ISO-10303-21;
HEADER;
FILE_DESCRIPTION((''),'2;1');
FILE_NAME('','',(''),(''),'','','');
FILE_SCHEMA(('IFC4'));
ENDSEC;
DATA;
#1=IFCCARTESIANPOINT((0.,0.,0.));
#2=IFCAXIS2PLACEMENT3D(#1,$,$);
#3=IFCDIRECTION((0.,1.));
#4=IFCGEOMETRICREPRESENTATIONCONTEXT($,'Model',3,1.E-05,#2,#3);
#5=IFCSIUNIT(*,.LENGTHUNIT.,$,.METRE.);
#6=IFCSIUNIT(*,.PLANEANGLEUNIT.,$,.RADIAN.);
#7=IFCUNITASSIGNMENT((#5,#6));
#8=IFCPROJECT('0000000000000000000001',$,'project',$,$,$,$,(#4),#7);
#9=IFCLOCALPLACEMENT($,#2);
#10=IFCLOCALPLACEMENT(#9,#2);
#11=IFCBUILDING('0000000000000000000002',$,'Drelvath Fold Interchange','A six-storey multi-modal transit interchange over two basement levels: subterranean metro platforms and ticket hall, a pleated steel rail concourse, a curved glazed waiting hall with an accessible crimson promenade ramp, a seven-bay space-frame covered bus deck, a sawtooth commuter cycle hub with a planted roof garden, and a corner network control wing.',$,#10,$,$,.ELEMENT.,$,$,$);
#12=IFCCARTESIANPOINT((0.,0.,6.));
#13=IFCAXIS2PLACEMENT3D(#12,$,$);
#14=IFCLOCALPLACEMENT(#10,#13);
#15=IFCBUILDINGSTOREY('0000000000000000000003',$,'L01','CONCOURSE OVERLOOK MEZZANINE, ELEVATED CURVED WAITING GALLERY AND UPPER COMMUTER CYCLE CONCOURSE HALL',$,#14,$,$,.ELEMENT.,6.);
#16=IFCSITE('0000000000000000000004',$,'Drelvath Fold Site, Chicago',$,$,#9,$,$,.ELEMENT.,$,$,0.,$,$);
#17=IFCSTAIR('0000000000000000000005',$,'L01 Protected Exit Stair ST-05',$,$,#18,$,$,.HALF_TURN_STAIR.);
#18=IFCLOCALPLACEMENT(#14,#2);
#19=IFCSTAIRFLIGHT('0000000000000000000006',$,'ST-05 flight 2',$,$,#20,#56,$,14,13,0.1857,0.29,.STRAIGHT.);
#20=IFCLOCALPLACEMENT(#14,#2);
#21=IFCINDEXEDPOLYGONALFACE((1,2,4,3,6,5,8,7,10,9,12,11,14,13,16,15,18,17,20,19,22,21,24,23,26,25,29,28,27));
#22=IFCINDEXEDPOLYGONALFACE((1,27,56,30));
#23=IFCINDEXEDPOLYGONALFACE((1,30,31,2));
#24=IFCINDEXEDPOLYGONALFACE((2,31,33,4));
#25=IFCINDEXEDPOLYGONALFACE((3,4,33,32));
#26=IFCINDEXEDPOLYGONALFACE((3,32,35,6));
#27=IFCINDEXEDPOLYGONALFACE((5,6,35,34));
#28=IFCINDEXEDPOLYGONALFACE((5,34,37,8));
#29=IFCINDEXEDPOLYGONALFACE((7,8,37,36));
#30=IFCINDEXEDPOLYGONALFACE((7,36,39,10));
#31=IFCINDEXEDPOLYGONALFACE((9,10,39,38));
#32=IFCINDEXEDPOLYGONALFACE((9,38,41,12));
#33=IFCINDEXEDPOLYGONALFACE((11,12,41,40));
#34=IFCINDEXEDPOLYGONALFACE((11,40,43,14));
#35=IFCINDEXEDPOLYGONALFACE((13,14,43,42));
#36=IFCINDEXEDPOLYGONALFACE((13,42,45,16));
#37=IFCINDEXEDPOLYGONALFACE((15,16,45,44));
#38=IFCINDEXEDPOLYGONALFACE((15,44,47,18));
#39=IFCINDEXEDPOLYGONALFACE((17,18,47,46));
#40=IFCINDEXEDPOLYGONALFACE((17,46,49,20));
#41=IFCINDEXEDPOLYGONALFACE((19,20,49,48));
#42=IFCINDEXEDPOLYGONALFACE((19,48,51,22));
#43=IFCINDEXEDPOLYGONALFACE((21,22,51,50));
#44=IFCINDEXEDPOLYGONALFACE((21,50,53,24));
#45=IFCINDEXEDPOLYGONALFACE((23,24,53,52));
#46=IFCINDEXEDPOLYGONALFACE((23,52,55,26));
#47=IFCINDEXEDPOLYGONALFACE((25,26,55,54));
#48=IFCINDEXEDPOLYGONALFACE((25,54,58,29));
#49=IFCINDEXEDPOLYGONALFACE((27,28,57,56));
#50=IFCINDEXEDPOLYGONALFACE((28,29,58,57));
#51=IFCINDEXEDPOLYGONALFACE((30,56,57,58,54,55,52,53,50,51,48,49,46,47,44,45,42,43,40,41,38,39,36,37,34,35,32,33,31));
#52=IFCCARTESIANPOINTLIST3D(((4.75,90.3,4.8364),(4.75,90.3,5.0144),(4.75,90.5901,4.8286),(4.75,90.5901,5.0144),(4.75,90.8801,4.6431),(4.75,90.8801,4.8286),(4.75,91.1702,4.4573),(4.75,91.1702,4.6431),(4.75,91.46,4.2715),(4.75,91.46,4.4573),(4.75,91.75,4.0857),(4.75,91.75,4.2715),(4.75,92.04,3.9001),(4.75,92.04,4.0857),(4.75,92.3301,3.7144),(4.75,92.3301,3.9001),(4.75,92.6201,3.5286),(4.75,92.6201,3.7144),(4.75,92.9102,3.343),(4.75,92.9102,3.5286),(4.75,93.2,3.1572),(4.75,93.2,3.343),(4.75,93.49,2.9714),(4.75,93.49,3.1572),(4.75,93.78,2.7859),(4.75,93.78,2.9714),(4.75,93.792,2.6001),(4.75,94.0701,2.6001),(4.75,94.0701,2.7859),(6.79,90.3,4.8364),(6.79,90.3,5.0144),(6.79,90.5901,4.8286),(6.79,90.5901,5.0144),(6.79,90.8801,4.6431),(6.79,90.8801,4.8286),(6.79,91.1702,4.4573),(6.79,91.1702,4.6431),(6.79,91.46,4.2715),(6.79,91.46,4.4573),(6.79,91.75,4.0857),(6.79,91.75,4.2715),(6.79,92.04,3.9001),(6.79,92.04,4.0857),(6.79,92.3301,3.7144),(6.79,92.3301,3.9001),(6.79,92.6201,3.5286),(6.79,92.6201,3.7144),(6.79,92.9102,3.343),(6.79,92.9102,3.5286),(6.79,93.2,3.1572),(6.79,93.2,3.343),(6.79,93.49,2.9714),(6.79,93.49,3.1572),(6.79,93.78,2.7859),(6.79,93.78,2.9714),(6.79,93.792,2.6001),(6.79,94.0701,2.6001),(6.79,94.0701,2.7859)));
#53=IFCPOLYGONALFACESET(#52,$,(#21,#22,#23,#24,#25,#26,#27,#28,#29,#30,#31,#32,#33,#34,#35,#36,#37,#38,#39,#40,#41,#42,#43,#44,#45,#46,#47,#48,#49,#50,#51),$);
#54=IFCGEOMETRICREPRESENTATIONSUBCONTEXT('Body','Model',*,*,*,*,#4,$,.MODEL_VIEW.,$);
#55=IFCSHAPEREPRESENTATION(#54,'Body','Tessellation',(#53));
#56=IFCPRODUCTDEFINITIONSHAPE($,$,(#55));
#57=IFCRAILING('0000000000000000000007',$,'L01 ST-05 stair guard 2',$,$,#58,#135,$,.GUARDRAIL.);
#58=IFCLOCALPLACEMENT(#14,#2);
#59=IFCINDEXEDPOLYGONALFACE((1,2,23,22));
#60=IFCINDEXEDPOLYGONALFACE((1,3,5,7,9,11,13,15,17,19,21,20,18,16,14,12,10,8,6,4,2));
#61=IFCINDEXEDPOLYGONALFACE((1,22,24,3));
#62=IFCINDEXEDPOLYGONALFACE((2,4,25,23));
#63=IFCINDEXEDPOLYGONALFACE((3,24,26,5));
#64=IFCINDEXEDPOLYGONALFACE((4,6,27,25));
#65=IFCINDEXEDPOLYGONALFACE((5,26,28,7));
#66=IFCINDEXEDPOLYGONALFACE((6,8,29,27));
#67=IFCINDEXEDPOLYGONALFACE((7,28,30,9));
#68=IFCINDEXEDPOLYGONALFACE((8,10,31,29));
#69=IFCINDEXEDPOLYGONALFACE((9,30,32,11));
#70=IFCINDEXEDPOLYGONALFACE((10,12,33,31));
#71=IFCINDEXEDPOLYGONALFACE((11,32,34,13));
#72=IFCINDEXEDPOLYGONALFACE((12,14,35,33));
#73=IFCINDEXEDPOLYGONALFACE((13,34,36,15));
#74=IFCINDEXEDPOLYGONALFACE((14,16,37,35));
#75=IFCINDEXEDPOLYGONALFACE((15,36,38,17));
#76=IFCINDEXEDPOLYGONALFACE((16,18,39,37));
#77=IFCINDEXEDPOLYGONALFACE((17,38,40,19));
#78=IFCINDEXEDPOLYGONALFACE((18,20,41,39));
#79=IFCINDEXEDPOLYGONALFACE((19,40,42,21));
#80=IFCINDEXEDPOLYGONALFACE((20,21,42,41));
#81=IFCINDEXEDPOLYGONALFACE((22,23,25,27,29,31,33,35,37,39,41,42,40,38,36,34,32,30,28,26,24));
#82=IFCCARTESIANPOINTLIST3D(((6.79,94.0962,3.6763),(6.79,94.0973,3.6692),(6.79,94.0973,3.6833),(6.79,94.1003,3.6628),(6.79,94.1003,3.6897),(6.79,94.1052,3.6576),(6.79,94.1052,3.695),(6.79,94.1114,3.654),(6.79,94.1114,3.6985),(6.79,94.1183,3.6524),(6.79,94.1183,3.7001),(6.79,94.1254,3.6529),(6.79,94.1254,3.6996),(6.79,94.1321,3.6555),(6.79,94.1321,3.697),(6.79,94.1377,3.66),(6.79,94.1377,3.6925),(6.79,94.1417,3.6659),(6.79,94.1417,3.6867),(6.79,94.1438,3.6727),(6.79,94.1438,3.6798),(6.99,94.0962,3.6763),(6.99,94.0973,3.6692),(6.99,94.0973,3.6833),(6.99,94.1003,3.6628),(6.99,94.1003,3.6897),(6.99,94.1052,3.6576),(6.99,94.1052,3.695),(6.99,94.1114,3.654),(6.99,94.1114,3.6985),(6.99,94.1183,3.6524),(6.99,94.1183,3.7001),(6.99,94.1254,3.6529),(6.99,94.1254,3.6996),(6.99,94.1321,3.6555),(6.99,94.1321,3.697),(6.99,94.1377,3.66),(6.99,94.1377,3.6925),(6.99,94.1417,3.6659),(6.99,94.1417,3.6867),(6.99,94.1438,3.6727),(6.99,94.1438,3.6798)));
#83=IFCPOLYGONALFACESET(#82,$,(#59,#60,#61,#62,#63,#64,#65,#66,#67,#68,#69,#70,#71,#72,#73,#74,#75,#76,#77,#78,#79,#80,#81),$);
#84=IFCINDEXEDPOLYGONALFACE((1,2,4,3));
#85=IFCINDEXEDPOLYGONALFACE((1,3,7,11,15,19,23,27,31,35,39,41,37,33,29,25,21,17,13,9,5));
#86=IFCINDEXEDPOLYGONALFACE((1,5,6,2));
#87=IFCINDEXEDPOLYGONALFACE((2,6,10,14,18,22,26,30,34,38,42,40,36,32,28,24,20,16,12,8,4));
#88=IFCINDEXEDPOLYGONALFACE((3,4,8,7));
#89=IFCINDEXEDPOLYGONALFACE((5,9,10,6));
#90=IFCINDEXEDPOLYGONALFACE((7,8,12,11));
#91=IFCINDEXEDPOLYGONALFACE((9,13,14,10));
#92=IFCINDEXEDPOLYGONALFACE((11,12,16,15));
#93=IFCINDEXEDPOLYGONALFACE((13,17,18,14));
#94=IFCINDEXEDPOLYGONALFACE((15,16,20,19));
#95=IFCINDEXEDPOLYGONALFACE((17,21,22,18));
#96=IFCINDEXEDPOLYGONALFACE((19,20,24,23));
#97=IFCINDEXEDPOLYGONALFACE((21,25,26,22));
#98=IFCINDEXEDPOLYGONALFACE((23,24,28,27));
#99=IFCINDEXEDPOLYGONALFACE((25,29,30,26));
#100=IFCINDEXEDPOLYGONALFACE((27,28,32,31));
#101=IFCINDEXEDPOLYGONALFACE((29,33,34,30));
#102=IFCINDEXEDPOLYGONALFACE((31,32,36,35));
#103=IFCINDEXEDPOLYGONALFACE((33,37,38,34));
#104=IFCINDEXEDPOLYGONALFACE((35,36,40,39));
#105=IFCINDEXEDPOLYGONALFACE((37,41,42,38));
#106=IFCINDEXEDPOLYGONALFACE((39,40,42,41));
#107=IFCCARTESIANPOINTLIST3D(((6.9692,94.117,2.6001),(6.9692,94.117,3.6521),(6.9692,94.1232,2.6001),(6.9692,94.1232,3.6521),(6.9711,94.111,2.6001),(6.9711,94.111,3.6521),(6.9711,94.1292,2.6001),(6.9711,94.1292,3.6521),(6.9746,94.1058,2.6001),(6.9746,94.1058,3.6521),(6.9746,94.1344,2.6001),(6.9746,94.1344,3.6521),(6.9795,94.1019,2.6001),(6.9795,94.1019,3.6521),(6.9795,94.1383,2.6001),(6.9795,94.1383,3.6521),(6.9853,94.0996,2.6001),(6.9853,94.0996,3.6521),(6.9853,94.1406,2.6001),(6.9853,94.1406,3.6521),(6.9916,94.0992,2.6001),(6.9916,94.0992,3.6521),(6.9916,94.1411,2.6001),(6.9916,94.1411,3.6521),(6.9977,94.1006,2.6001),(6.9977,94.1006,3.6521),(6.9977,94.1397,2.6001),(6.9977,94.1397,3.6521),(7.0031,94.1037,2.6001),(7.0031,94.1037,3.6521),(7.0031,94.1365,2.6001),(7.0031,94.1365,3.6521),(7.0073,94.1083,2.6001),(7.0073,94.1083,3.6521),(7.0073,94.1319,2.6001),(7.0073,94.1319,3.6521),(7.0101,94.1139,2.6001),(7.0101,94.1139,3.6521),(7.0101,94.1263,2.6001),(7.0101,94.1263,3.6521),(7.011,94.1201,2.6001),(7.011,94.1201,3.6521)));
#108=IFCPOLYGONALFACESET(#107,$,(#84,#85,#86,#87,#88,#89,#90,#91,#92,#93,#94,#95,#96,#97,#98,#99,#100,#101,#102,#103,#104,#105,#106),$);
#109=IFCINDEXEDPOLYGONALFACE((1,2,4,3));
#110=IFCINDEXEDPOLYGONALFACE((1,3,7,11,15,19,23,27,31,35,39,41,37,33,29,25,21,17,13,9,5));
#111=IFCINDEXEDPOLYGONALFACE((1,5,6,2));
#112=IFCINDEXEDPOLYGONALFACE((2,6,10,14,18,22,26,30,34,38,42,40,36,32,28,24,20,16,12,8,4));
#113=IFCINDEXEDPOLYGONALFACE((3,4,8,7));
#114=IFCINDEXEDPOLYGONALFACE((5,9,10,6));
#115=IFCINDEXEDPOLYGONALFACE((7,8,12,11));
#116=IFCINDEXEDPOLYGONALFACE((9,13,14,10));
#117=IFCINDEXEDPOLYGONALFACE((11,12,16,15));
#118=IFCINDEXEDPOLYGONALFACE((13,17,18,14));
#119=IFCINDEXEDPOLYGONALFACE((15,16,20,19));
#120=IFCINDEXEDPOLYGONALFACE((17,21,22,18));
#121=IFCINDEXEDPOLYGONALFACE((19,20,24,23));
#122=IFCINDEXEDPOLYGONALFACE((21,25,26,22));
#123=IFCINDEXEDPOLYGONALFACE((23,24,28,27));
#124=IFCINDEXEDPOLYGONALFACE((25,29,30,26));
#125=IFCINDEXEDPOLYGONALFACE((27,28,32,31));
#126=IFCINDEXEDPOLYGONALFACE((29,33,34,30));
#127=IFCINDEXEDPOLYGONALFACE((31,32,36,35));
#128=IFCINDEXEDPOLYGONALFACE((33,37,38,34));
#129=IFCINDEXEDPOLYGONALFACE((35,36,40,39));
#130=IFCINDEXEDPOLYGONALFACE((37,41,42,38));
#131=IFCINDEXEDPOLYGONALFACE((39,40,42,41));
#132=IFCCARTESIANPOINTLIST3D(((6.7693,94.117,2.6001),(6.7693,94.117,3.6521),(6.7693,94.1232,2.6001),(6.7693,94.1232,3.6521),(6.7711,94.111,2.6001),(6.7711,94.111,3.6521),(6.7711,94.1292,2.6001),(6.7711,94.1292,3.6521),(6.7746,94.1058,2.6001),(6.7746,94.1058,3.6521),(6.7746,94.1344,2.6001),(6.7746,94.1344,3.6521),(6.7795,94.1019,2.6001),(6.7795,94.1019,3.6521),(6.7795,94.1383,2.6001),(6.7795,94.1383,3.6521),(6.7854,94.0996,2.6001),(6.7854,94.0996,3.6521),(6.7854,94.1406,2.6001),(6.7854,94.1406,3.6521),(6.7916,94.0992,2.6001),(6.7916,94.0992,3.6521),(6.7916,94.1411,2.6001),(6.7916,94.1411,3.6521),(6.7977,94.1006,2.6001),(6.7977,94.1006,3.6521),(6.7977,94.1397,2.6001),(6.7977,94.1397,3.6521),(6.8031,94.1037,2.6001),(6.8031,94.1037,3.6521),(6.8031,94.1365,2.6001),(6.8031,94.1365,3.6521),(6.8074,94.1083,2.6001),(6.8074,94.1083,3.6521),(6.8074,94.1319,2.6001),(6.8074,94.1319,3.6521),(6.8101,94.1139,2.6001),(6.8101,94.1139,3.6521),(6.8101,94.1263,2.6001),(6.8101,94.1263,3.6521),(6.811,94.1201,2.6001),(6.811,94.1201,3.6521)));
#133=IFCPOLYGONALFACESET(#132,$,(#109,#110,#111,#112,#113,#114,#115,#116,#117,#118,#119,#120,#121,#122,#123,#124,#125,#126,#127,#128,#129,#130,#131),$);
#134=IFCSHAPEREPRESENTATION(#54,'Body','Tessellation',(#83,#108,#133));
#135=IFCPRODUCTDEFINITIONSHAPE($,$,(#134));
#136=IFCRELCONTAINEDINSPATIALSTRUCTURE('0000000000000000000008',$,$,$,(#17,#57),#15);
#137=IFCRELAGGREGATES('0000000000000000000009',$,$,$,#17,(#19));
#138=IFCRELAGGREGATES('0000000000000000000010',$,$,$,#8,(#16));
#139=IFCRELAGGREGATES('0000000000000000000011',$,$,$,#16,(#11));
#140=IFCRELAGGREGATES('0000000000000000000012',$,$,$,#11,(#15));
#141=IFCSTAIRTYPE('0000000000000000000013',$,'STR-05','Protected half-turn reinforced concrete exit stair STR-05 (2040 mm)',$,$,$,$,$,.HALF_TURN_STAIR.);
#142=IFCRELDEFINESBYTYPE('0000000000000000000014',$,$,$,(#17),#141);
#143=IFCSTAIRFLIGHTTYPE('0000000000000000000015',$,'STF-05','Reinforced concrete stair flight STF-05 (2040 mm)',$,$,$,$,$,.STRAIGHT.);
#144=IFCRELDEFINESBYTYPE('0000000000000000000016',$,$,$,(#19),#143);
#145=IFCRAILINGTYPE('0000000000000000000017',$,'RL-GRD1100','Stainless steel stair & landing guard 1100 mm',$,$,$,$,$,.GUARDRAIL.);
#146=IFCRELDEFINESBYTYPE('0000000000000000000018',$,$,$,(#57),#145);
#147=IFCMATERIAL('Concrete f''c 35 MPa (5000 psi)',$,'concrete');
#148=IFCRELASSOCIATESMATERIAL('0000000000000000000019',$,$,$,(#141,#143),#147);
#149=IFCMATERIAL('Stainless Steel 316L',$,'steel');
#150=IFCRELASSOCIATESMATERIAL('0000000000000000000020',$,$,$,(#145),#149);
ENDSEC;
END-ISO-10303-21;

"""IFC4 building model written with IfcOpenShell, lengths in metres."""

from ifc_helpers import new_model, si_unit, direction, frame, origin, origin_2d, place, context, subcontext, project, spatial, polyline, circle, outline, extrude, material, type_object, element, aggregate, save


model = new_model("IFC4")

# Units and contexts
model_context = context("Model", 3, precision=1e-05, world=origin(), true_north=direction((0.0, 1.0)))
body_context = subcontext(model_context, "Body", "Model", "MODEL_VIEW")
ifc_project = project(units=[si_unit("LENGTHUNIT", "METRE"), si_unit("PLANEANGLEUNIT", "RADIAN")], contexts=[model_context])

# Site, building, storey
site_placement = place(None, origin())
site = spatial("IfcSite", under=ifc_project, at=site_placement, Name="Drelvath Fold Site, Chicago", CompositionType="ELEMENT", RefElevation=0.0)
building_placement = place(site_placement, origin())
building = spatial("IfcBuilding", under=site, at=building_placement, Name="Drelvath Fold Interchange", Description="A six-storey multi-modal transit interchange over two basement levels: subterranean metro platforms and ticket hall, a pleated steel rail concourse, a curved glazed waiting hall with an accessible crimson promenade ramp, a seven-bay space-frame covered bus deck, a sawtooth commuter cycle hub with a planted roof garden, and a corner network control wing.", CompositionType="ELEMENT")
storey_placement = place(building_placement, frame((0.0, 0.0, 6.0)))
storey = spatial("IfcBuildingStorey", under=building, at=storey_placement, Name="L01", Description="CONCOURSE OVERLOOK MEZZANINE, ELEVATED CURVED WAITING GALLERY AND UPPER COMMUTER CYCLE CONCOURSE HALL", CompositionType="ELEMENT", Elevation=6.0)

# Shared definitions
ifc_material_1 = material(Name="Concrete f'c 35 MPa (5000 psi)", Category="concrete")

# Stair, stair flight
stair_type = type_object("IfcStairType", Name="STR-05", Description="Protected half-turn reinforced concrete exit stair STR-05 (2040 mm)", PredefinedType="HALF_TURN_STAIR", material=ifc_material_1)
stair_placement = place(storey_placement, origin())
stair = element("IfcStair", 1, at=stair_placement, inside=storey, type_object=stair_type, Name="L01 Protected Exit Stair ST-05", PredefinedType="HALF_TURN_STAIR")
stair_flight_type = type_object("IfcStairFlightType", Name="STF-05", Description="Reinforced concrete stair flight STF-05 (2040 mm)", PredefinedType="STRAIGHT", material=ifc_material_1)
stair_flight_placement = place(storey_placement, frame((5.77, 94.0701, 2.6001), z_axis=(0.0, 0.0, 1.0), x_axis=(0.0, -1.0, 0.0)))
stair_flight = element("IfcStairFlight", 2, at=stair_flight_placement, type_object=stair_flight_type, Name="ST-05 flight 2", NumberOfRisers=14, NumberOfTreads=13, PredefinedType="STRAIGHT", RiserHeight=0.1857, TreadLength=0.29, context=body_context, shape_type="SweptSolid", body=[
    extrude(outline(polyline([(0.0, 0.0), (0.0, 0.1858), (0.29, 0.1858), (0.29, 0.3713), (0.5801, 0.3713), (0.5801, 0.5571), (0.8701, 0.5571), (0.8701, 0.7429), (1.1599, 0.7429), (1.1599, 0.9285), (1.45, 0.9285), (1.45, 1.1143), (1.74, 1.1143), (1.74, 1.3), (2.03, 1.3), (2.03, 1.4856), (2.3201, 1.4856), (2.3201, 1.6714), (2.6101, 1.6714), (2.6101, 1.8572), (2.8999, 1.8572), (2.8999, 2.043), (3.1899, 2.043), (3.1899, 2.2285), (3.48, 2.2285), (3.48, 2.4143), (3.77, 2.4143), (3.77, 2.6001), (3.77, 2.2363), (0.2781, 0.0), (0.0, 0.0)])), frame((0.0, 1.02, 0.0), z_axis=(0.0, -1.0, 0.0), x_axis=(1.0, 0.0, 0.0)), (0.0, 0.0, 1.0), 2.04),
])
aggregate(stair, [stair_flight])

# Railing
ifc_material_2 = material(Name="Stainless Steel 316L", Category="steel")
railing_type_1 = type_object("IfcRailingType", Name="RL-GRD1100", Description="Stainless steel stair & landing guard 1100 mm", PredefinedType="GUARDRAIL", material=ifc_material_2)
railing_1_placement = place(storey_placement, frame((6.99, 94.1201, 2.6001)))
element("IfcRailing", 3, at=railing_1_placement, inside=storey, type_object=railing_type_1, Name="L01 ST-05 stair guard 2", PredefinedType="GUARDRAIL", context=body_context, shape_type="SweptSolid", body=[
    extrude(circle(Radius=0.0239, at=origin_2d()), frame((0.0, 0.0, 1.0762), z_axis=(-1.0, 0.0, 0.0), x_axis=(0.0, -1.0, 0.0)), (0.0, 0.0, 1.0), 0.2),
    extrude(circle(Radius=0.021, at=origin_2d()), origin(), (0.0, 0.0, 1.0), 1.052),
    extrude(circle(Radius=0.021, at=origin_2d()), frame((-0.2, 0.0, 0.0)), (0.0, 0.0, 1.0), 1.052),
])

save(model, "model.ifc")
